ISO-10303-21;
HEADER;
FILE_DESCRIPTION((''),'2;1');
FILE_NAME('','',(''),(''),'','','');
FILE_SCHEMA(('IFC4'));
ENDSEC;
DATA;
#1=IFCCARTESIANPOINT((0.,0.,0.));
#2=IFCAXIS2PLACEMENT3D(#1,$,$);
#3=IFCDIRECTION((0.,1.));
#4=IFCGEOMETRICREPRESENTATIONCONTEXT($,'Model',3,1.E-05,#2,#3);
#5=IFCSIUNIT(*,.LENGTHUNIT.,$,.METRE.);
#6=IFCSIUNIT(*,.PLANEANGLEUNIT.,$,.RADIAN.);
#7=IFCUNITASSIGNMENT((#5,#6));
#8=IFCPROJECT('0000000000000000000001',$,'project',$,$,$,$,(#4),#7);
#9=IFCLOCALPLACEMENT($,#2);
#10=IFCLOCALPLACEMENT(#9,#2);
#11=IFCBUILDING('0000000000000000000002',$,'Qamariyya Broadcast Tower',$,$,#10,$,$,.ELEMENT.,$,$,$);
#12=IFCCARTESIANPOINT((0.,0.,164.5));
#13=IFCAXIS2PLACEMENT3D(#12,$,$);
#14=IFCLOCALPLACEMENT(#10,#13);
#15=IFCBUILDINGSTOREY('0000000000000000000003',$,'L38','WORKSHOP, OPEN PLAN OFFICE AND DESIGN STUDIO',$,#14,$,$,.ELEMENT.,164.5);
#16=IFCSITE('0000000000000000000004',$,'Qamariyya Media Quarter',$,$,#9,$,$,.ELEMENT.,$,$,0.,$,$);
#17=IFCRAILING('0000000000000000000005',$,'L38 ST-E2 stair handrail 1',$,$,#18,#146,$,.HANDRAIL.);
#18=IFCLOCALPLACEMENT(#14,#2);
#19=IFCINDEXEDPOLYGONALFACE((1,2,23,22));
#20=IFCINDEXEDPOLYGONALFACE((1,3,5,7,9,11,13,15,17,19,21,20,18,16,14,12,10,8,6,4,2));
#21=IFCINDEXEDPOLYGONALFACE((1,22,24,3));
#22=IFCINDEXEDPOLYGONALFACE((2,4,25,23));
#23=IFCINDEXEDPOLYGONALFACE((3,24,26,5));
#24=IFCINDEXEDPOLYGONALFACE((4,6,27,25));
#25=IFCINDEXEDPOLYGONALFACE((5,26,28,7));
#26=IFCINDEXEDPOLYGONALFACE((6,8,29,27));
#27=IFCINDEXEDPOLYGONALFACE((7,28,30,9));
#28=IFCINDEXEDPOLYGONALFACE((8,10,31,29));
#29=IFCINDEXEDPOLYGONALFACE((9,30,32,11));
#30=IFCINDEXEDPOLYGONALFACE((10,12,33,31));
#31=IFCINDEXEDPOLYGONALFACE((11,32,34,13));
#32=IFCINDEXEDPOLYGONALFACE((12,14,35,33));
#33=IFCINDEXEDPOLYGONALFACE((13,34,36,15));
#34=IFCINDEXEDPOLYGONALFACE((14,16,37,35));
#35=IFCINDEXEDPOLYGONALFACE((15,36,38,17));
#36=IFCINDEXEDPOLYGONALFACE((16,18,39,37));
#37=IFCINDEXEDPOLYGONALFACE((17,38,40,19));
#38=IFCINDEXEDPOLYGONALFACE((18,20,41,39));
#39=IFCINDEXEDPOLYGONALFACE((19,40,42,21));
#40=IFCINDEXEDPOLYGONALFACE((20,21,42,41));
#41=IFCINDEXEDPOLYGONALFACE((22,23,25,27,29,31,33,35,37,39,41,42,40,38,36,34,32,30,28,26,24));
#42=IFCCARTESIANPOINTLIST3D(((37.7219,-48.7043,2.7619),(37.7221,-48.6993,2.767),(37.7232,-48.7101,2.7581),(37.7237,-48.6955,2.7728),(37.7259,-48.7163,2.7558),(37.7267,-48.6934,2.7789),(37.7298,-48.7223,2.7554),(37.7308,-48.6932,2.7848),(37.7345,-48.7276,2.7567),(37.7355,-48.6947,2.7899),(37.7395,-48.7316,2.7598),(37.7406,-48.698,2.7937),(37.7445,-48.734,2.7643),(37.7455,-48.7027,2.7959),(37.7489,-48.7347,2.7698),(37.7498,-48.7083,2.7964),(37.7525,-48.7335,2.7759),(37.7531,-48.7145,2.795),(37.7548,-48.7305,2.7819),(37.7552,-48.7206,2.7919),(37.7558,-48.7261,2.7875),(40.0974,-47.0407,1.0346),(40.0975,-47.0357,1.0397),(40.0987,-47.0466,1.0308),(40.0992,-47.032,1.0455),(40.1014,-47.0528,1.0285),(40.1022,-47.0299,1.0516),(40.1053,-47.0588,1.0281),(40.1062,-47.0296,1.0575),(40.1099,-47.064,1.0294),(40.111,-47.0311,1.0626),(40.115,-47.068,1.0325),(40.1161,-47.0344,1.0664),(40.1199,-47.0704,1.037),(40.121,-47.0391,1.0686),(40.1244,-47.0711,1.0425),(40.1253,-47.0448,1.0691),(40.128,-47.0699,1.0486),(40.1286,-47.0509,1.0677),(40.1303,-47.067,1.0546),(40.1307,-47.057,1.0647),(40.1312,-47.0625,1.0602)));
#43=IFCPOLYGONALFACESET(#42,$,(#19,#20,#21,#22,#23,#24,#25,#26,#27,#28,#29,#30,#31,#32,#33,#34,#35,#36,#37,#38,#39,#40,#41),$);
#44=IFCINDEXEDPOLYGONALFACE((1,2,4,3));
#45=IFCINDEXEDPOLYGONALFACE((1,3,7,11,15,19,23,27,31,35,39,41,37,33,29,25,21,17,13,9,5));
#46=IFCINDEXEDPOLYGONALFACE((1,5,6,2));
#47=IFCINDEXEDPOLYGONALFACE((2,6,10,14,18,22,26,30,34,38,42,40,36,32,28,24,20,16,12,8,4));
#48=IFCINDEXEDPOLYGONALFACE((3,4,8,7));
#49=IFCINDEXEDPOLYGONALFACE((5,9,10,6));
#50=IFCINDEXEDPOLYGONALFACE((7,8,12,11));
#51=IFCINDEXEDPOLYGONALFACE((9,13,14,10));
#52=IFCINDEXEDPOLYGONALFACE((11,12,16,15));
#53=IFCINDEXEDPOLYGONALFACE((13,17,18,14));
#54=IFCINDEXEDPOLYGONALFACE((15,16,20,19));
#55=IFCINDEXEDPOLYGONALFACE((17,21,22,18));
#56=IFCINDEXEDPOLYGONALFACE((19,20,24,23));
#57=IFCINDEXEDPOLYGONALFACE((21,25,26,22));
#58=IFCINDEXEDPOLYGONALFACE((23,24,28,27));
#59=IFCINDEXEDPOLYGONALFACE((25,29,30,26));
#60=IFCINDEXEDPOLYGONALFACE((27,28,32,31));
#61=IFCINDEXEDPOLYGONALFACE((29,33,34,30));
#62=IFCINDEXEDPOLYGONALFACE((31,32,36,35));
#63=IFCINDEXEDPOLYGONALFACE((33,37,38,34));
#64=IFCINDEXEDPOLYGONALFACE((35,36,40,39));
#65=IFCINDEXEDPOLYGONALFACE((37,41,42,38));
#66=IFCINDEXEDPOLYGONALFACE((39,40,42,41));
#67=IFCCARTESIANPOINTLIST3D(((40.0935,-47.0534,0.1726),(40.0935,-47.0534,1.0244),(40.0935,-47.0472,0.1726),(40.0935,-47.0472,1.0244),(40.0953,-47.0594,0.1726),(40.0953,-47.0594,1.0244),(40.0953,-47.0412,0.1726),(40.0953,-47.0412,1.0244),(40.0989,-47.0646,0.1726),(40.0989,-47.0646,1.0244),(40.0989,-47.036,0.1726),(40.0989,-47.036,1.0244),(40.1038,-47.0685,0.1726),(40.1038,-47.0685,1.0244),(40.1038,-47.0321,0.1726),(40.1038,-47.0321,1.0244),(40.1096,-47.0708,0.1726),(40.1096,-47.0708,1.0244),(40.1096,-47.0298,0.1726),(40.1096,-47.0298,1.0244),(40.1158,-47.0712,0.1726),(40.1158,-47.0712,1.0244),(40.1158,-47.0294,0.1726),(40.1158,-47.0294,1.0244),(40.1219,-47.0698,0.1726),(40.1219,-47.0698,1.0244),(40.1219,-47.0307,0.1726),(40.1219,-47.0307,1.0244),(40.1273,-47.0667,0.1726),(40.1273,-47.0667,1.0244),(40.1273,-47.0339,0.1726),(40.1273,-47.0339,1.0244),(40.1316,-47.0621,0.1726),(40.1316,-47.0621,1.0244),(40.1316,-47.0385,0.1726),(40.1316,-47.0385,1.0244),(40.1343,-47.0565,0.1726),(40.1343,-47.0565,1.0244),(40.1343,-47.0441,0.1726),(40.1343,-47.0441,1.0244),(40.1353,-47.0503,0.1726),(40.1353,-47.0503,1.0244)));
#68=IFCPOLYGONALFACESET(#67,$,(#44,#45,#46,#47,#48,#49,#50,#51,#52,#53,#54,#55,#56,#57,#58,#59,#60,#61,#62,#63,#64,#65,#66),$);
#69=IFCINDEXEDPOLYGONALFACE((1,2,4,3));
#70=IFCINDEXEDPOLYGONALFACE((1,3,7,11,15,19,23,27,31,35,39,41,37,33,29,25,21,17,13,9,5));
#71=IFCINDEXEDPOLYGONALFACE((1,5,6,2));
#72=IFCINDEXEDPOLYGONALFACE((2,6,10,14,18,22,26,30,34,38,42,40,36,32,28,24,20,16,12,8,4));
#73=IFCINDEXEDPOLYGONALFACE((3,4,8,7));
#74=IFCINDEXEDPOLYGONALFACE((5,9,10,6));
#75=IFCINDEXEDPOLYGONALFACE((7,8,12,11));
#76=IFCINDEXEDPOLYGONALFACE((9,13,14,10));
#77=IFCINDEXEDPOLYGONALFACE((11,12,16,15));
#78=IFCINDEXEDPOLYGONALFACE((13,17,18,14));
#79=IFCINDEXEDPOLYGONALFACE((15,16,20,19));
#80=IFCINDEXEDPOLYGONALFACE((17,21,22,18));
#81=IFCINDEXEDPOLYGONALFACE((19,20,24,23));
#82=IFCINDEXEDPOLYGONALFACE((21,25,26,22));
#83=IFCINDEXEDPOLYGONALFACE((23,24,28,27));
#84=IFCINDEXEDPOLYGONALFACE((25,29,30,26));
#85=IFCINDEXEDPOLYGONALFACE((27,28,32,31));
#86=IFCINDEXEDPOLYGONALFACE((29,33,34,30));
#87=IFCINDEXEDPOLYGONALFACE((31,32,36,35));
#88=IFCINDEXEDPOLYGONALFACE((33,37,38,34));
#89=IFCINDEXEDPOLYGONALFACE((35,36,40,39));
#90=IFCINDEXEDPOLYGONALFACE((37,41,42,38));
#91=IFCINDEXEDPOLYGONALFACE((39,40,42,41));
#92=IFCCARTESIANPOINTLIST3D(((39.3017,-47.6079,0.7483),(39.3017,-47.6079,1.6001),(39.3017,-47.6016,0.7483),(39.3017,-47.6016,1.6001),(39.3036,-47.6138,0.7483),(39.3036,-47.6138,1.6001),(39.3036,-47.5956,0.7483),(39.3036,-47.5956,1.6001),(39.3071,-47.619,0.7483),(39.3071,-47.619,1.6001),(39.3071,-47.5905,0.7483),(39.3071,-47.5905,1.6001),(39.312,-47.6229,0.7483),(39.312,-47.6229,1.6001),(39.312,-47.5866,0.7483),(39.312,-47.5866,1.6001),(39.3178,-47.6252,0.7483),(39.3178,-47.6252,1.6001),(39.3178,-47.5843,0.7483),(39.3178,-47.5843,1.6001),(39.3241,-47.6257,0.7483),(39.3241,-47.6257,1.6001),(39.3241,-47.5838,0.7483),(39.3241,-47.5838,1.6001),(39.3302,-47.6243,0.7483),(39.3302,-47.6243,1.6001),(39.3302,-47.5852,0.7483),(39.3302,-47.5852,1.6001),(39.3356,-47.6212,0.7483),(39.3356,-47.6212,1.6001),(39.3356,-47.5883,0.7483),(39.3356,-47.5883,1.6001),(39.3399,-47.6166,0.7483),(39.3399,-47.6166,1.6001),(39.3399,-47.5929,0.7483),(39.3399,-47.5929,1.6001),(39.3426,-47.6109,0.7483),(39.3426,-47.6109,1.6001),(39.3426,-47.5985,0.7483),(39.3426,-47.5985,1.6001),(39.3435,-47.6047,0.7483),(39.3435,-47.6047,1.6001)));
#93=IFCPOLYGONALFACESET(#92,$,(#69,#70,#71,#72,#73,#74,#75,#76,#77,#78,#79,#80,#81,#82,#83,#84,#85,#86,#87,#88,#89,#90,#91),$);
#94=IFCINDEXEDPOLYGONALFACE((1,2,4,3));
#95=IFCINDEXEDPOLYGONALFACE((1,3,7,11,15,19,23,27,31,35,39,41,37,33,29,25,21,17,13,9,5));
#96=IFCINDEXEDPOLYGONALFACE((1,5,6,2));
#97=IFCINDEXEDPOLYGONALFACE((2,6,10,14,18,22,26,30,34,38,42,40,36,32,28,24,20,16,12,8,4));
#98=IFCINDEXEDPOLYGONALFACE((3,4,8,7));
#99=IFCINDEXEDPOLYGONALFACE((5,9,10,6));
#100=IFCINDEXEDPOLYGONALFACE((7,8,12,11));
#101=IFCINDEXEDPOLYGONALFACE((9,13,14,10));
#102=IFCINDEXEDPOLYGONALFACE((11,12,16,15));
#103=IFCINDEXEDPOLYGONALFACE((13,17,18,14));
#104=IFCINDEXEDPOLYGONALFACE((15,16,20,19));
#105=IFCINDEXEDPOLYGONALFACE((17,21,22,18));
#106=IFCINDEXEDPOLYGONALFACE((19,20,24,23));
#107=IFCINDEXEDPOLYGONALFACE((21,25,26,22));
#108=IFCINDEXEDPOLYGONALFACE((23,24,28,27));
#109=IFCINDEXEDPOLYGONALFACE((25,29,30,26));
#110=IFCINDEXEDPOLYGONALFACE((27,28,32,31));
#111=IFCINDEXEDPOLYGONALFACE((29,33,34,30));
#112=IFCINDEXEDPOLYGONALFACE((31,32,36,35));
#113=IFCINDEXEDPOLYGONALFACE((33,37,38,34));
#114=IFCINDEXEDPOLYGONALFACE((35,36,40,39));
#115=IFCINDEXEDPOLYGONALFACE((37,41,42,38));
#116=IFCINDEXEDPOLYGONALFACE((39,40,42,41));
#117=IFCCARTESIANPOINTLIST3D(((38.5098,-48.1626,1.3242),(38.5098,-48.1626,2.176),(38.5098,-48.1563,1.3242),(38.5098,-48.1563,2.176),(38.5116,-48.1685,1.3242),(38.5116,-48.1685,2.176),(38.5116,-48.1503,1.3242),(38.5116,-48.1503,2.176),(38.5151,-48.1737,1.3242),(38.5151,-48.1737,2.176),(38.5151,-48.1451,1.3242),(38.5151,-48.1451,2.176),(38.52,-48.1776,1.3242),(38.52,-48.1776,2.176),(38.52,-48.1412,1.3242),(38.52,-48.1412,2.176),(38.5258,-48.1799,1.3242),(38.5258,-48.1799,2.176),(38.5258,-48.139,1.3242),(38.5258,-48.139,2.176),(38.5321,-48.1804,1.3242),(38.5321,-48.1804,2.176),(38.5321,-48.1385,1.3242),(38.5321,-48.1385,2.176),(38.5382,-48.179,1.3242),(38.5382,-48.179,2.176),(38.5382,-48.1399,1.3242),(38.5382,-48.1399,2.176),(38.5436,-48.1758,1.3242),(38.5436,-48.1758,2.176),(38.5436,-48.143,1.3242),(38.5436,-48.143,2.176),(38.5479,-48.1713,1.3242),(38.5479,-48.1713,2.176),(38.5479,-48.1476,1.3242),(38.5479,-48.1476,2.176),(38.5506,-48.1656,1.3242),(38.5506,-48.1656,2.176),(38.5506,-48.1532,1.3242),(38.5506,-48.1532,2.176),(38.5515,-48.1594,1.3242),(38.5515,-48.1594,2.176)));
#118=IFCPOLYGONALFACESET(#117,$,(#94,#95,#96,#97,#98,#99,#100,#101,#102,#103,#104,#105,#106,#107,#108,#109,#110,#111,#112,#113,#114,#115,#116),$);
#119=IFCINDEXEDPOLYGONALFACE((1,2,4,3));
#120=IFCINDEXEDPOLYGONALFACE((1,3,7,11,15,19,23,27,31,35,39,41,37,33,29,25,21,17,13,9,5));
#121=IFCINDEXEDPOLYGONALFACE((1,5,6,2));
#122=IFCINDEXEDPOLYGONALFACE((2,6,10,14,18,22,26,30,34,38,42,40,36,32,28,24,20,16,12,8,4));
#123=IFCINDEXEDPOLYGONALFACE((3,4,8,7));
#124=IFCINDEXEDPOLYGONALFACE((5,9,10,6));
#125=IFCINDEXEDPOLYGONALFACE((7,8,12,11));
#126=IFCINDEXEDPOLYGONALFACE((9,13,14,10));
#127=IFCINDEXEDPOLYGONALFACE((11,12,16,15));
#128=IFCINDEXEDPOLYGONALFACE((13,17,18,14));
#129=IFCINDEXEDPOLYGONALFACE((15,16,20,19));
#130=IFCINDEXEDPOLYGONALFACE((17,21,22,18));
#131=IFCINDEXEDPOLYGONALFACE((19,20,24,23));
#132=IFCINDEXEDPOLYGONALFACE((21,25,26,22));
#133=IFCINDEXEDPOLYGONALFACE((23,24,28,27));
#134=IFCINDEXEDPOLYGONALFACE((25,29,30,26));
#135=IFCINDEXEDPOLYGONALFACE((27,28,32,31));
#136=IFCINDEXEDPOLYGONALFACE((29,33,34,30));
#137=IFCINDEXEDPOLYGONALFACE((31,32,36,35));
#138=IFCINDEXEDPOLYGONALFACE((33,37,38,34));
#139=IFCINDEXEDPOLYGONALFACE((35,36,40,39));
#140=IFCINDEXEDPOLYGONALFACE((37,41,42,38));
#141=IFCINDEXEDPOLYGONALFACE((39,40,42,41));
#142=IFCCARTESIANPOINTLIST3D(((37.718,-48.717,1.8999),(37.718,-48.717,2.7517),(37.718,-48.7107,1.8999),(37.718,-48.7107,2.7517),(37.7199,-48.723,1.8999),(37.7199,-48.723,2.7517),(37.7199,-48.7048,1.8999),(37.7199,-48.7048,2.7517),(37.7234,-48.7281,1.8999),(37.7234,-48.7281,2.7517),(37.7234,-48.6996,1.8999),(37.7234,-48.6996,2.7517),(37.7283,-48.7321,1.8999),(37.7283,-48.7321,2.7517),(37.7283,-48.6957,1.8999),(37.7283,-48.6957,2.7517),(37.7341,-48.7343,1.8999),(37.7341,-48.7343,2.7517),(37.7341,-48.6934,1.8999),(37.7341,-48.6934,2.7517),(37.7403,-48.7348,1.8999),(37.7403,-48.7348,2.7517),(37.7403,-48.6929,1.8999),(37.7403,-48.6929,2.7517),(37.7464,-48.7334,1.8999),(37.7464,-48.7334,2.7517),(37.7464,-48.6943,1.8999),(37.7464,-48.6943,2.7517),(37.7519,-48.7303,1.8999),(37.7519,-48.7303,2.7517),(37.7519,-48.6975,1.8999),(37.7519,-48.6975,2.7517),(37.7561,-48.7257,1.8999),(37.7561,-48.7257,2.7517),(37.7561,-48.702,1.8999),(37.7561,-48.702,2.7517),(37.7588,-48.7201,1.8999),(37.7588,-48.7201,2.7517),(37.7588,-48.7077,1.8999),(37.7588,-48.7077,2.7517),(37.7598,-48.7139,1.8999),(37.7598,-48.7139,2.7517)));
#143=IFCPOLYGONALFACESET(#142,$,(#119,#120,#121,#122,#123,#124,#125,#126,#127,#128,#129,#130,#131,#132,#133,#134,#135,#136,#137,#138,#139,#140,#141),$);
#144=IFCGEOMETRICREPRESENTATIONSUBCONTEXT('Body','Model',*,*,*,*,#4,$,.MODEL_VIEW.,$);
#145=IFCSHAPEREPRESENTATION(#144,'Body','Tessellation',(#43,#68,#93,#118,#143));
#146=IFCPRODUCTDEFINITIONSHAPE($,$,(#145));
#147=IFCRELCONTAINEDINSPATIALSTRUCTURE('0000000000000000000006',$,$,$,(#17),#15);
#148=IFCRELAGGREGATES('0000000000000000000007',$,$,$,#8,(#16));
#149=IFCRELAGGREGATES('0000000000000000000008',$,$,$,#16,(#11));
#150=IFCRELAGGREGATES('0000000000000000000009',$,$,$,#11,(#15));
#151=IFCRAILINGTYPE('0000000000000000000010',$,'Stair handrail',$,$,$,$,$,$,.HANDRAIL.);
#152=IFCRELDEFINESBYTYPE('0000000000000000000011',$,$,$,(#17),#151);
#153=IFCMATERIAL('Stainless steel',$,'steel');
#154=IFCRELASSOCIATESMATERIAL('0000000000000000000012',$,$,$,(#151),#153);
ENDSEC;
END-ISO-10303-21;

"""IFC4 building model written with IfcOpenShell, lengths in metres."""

from ifc_helpers import new_model, si_unit, direction, frame, origin, origin_2d, place, context, subcontext, project, spatial, circle, extrude, material, type_object, element, save


model = new_model("IFC4")

# Units and contexts
model_context = context("Model", 3, precision=1e-05, world=origin(), true_north=direction((0.0, 1.0)))
body_context = subcontext(model_context, "Body", "Model", "MODEL_VIEW")
ifc_project = project(units=[si_unit("LENGTHUNIT", "METRE"), si_unit("PLANEANGLEUNIT", "RADIAN")], contexts=[model_context])

# Site, building, storey
site_placement = place(None, origin())
site = spatial("IfcSite", under=ifc_project, at=site_placement, Name="Qamariyya Media Quarter", CompositionType="ELEMENT", RefElevation=0.0)
building_placement = place(site_placement, origin())
building = spatial("IfcBuilding", under=site, at=building_placement, Name="Qamariyya Broadcast Tower", CompositionType="ELEMENT")
storey_placement = place(building_placement, frame((0.0, 0.0, 164.5)))
storey = spatial("IfcBuildingStorey", under=building, at=storey_placement, Name="L38", Description="WORKSHOP, OPEN PLAN OFFICE AND DESIGN STUDIO", CompositionType="ELEMENT", Elevation=164.5)

# Railing
ifc_material_1 = material(Name="Stainless steel", Category="steel")
railing_type_1 = type_object("IfcRailingType", Name="Stair handrail", PredefinedType="HANDRAIL", material=ifc_material_1)
railing_1_placement = place(storey_placement, frame((40.1143, -47.0503, 0.1726)))
element("IfcRailing", 1, at=railing_1_placement, inside=storey, type_object=railing_type_1, Name="L38 ST-E2 stair handrail 1", PredefinedType="HANDRAIL", context=body_context, shape_type="SweptSolid", body=[
    extrude(circle(Radius=0.0239, at=origin_2d()), frame((0.0, 0.0, 0.876), z_axis=(-0.703745, -0.492838, 0.511716), x_axis=(0.573632, -0.819113, 0.0)), (0.0, 0.0, 1.0), 3.3755),
    extrude(circle(Radius=0.021, at=origin_2d()), origin(), (0.0, 0.0, 1.0), 0.8518),
    extrude(circle(Radius=0.021, at=origin_2d()), frame((-0.7917, -0.5544, 0.5757)), (0.0, 0.0, 1.0), 0.8518),
    extrude(circle(Radius=0.021, at=origin_2d()), frame((-1.5837, -1.1091, 1.1516)), (0.0, 0.0, 1.0), 0.8518),
    extrude(circle(Radius=0.021, at=origin_2d()), frame((-2.3755, -1.6636, 1.7273)), (0.0, 0.0, 1.0), 0.8518),
])

save(model, "model.ifc")
